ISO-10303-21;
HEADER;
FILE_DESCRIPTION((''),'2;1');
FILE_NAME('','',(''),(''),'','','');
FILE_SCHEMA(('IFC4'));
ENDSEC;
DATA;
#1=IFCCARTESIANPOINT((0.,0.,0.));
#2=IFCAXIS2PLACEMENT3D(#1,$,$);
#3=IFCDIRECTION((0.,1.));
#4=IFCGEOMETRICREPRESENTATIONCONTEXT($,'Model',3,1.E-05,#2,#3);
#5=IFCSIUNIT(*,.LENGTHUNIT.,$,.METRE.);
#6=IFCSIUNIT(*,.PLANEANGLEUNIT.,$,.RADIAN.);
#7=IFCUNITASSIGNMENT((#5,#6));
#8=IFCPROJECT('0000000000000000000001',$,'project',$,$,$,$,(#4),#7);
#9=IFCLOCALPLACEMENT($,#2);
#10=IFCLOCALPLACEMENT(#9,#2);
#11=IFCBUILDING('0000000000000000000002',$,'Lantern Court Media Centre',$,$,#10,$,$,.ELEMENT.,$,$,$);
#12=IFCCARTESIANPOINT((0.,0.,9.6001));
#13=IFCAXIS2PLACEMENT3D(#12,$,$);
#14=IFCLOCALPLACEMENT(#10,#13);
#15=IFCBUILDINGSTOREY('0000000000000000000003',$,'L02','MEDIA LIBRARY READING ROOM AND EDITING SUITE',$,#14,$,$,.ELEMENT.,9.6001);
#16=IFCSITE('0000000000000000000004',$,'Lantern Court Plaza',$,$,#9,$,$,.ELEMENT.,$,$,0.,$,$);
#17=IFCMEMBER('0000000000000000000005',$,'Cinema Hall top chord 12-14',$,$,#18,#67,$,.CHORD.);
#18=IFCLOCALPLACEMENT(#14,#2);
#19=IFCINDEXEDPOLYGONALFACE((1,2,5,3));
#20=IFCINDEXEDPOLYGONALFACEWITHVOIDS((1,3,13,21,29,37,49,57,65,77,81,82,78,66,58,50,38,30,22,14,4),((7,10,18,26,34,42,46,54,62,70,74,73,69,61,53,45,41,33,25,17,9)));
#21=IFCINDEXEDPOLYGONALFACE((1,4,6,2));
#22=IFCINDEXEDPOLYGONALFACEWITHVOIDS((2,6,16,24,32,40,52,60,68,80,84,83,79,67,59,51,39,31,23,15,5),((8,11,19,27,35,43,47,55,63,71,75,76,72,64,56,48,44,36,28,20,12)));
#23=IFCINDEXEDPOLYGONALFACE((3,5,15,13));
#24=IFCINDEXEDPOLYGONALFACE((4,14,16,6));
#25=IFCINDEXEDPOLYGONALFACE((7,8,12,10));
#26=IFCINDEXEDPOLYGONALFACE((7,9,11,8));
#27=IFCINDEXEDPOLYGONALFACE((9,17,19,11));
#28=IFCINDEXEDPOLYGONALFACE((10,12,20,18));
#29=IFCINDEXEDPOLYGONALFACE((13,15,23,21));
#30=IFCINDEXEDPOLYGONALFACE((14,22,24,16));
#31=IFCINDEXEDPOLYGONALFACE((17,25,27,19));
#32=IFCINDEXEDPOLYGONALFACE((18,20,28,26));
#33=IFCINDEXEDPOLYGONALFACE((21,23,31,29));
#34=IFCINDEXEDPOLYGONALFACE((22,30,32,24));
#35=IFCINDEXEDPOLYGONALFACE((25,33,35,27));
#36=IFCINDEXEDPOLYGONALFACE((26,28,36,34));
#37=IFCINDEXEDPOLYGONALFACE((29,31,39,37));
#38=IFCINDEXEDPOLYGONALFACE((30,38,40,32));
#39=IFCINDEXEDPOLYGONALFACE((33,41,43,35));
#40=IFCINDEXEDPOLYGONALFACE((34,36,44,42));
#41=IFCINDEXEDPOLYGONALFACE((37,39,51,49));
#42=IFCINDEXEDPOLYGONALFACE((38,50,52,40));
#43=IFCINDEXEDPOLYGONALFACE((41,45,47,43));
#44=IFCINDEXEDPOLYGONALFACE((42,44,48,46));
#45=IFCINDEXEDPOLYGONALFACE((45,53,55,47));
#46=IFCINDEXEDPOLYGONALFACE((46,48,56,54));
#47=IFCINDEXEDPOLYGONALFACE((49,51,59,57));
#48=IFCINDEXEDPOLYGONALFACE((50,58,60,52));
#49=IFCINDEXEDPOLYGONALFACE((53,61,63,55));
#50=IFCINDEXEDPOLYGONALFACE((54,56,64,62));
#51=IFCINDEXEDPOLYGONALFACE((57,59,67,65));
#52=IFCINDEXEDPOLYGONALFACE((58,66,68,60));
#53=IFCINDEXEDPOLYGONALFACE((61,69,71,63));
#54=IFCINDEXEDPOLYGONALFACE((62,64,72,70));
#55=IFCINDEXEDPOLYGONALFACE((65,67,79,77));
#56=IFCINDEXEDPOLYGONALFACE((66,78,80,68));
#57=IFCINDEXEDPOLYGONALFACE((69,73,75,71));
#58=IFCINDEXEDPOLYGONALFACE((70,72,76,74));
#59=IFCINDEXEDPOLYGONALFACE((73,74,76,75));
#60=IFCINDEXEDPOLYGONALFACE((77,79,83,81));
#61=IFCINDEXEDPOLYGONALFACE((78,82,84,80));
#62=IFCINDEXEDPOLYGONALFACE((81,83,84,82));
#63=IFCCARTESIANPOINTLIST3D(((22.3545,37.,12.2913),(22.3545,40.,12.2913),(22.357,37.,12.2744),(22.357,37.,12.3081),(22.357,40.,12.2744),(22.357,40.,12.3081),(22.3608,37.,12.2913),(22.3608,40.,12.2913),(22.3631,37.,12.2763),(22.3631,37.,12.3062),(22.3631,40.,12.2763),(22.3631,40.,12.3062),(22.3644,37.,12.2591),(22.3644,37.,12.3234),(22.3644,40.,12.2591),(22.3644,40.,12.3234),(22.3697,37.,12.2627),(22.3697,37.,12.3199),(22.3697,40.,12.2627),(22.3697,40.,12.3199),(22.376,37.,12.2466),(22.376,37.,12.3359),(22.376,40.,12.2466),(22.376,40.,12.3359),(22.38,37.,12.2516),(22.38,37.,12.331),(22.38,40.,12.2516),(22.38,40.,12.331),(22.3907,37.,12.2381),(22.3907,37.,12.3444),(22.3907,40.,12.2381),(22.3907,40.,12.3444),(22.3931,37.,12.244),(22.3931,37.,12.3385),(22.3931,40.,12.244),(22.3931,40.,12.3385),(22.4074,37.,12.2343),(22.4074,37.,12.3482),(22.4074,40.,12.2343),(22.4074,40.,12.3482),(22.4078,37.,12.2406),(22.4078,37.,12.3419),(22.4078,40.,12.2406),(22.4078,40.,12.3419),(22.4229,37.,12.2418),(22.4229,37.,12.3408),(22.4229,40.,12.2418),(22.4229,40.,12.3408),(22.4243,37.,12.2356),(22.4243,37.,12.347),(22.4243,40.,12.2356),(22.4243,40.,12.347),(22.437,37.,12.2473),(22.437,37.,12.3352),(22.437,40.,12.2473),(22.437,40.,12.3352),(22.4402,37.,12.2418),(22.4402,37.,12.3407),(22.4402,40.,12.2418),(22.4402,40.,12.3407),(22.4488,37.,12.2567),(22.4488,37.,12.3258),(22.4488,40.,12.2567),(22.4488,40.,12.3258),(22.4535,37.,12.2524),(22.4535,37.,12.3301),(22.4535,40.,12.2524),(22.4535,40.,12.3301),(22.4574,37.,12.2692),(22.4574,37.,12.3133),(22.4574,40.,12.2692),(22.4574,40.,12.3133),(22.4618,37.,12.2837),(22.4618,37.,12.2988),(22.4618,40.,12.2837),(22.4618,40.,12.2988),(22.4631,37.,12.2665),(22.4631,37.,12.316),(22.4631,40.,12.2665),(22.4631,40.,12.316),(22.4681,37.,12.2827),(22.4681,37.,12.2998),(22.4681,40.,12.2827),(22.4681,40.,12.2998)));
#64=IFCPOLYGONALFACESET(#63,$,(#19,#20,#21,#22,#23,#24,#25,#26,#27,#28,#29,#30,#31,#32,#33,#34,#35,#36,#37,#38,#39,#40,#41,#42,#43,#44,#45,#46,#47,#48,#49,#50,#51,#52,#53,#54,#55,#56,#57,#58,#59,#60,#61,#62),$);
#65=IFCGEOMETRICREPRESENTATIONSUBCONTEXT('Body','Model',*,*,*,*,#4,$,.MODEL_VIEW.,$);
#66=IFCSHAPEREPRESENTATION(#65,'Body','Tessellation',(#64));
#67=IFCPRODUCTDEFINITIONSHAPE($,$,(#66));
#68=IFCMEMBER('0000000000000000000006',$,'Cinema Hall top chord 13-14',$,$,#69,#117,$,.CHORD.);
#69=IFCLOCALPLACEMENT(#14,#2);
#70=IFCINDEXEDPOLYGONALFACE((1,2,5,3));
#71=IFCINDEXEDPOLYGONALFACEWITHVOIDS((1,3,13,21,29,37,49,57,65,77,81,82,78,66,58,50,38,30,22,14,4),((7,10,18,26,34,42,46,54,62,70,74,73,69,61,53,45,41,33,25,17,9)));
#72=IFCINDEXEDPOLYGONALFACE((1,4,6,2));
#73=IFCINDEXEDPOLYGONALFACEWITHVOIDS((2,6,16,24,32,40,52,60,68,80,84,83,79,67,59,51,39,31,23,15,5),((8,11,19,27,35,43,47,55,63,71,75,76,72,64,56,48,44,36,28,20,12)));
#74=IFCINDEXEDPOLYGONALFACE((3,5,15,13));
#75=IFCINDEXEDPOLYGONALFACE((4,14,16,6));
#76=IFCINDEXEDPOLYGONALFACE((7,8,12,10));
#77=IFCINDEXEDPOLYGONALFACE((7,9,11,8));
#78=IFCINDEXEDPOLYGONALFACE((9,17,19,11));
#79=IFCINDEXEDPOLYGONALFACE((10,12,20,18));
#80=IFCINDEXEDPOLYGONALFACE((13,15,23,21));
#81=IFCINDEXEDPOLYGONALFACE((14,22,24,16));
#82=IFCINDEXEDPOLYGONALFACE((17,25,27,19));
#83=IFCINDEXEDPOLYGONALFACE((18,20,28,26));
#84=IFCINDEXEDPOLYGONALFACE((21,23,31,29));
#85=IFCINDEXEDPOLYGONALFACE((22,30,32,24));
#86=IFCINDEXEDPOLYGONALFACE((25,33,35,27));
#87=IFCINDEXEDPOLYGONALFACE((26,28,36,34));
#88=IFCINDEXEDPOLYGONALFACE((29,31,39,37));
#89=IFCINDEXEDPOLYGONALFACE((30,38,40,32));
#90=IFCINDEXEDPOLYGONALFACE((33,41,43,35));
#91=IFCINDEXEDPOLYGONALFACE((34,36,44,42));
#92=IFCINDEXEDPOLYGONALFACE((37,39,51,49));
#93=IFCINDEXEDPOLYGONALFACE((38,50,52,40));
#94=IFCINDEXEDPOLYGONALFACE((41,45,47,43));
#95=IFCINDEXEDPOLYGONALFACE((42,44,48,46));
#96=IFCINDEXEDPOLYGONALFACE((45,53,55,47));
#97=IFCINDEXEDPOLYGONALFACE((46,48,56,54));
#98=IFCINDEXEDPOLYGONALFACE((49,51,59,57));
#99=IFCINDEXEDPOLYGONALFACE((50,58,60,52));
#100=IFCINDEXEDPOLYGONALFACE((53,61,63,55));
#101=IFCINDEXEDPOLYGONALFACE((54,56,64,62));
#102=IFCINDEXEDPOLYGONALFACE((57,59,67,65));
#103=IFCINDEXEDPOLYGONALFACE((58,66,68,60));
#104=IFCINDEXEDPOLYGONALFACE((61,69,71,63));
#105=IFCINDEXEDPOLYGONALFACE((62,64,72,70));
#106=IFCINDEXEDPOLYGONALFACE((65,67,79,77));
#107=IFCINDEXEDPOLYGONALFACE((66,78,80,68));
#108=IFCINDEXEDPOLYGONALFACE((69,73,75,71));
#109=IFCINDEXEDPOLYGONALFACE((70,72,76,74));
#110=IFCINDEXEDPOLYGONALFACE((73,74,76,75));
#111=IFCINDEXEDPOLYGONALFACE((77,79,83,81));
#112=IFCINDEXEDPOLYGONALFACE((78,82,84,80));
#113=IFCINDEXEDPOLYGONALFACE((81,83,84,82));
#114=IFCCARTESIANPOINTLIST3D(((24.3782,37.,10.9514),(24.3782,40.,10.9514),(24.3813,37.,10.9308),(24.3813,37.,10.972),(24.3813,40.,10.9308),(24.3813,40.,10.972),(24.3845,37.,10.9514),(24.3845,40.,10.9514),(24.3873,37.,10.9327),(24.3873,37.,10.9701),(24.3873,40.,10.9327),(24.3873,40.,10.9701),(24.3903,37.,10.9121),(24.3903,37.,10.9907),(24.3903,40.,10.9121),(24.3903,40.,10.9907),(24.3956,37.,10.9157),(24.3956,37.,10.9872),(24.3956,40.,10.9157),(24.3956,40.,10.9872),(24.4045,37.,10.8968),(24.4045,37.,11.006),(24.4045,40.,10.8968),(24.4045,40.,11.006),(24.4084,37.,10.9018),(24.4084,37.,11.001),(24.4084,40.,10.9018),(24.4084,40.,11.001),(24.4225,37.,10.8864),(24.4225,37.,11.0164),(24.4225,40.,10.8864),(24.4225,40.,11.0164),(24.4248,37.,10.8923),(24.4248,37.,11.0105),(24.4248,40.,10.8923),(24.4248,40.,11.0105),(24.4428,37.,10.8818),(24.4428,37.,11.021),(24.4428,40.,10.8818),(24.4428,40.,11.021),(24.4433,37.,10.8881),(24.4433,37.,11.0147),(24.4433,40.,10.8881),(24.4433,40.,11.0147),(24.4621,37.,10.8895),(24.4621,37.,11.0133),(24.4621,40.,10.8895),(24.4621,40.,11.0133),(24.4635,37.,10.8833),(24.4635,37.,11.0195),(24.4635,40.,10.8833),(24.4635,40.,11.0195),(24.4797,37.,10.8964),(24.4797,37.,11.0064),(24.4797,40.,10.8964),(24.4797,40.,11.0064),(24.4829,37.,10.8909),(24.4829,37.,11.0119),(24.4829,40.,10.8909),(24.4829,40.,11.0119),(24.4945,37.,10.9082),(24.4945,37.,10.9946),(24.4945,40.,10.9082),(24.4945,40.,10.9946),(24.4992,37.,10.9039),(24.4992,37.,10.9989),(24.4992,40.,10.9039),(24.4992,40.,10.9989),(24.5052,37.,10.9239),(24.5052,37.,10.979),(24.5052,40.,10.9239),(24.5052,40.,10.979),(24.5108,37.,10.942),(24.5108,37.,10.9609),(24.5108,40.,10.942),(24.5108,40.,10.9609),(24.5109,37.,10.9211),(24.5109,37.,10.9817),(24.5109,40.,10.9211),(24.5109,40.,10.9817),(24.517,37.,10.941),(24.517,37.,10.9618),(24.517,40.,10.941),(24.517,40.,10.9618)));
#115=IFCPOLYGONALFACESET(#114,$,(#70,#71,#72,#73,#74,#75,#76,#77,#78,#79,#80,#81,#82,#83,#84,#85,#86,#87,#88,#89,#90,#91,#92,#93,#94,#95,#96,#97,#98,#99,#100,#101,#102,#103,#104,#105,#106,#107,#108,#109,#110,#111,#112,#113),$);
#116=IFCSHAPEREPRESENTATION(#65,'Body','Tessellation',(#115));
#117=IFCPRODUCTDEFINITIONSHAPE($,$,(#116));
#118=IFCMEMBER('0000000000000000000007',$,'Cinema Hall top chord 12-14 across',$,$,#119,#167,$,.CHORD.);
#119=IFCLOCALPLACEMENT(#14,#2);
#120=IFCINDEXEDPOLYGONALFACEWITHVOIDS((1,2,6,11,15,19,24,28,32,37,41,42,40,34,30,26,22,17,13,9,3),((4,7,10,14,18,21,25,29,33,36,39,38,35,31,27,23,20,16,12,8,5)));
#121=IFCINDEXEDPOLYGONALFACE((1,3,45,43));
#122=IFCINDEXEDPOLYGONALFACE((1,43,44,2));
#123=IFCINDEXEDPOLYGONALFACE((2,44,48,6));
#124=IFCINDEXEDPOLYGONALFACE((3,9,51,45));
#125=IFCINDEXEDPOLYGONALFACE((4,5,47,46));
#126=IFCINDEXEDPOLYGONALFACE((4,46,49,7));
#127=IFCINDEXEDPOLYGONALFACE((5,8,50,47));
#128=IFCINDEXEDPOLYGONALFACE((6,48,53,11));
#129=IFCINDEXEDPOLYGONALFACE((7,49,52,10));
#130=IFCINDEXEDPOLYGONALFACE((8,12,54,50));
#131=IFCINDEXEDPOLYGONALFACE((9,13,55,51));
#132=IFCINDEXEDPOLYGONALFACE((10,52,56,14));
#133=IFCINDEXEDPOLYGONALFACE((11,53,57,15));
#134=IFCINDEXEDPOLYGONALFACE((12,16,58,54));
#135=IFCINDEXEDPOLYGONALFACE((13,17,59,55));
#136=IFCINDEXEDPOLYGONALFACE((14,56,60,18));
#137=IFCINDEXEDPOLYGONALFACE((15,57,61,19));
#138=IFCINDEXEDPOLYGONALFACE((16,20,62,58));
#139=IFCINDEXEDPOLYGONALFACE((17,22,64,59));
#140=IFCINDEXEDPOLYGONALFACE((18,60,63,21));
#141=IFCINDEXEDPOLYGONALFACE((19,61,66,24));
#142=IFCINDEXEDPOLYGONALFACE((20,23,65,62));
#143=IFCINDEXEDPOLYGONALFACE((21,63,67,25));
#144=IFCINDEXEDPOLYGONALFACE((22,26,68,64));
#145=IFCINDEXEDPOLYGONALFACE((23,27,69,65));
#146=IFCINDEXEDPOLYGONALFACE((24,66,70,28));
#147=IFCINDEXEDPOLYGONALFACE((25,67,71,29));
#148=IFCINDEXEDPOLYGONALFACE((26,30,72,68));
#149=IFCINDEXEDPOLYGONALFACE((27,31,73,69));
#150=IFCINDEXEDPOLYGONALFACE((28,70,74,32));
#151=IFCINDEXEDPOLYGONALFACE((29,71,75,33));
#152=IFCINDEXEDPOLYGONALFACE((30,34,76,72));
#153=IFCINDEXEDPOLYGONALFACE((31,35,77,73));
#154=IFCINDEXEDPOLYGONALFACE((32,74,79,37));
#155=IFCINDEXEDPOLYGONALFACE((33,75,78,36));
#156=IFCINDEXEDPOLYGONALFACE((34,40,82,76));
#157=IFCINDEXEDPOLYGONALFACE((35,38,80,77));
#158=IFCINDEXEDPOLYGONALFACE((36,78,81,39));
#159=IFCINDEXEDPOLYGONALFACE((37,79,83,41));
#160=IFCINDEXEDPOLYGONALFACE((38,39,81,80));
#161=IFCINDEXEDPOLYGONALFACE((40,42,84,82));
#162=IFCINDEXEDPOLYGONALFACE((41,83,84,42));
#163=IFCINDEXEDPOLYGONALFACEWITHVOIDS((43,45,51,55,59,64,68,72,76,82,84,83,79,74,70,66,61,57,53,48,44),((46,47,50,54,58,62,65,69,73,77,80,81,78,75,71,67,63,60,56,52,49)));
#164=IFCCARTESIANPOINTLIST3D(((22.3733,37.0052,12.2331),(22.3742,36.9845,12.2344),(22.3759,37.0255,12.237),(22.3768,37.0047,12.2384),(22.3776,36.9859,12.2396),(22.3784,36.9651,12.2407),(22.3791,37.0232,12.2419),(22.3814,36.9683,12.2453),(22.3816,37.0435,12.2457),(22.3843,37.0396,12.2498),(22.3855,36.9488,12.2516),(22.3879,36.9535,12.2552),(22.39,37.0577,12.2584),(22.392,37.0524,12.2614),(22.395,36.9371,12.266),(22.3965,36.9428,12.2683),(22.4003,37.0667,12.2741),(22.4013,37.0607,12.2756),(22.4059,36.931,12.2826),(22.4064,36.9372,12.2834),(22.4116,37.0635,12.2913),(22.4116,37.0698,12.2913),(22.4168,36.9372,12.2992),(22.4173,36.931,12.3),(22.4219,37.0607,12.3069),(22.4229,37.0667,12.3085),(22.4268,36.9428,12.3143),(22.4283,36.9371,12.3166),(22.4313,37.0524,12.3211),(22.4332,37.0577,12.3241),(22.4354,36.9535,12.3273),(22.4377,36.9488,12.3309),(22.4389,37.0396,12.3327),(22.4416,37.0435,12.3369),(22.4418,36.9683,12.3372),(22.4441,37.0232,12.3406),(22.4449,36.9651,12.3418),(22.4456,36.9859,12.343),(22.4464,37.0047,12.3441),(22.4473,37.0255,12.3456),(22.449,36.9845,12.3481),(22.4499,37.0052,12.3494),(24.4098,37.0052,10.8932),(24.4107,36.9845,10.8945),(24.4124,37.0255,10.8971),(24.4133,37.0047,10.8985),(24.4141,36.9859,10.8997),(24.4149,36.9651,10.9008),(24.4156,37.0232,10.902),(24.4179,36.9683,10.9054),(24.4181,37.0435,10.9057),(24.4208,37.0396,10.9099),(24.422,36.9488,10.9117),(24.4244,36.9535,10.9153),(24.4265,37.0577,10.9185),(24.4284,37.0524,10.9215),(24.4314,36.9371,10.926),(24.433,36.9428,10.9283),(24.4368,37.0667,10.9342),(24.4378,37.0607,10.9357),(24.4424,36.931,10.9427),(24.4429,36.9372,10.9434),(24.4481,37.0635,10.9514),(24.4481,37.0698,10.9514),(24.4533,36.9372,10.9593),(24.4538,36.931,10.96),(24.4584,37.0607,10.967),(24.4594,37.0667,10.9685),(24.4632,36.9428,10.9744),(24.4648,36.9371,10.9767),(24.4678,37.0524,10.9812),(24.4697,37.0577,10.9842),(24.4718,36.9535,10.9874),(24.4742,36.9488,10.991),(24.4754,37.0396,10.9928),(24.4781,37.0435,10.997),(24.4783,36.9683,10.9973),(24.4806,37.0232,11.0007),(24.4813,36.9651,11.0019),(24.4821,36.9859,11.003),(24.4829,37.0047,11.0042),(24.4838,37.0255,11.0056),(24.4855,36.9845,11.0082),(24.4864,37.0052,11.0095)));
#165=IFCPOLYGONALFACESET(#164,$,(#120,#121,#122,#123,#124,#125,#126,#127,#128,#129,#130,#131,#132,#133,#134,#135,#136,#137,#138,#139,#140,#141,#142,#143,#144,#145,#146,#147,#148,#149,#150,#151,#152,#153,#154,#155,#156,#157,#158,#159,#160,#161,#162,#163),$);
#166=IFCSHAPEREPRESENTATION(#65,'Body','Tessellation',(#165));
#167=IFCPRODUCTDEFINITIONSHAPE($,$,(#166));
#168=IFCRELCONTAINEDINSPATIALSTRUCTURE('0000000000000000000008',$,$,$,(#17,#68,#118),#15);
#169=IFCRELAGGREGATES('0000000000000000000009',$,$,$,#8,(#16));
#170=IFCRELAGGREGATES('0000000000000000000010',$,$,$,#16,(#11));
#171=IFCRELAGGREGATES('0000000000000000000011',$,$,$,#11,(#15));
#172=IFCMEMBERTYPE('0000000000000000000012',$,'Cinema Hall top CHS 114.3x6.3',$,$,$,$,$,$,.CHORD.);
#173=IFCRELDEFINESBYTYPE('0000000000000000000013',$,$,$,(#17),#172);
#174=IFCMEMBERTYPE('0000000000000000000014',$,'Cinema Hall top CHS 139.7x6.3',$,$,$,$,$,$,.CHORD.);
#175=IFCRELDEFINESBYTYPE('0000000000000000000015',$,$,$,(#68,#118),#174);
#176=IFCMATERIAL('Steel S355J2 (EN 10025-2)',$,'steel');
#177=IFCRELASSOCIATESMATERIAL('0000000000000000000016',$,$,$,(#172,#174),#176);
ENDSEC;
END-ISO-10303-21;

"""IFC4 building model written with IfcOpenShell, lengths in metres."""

from ifc_helpers import new_model, si_unit, direction, frame, origin, origin_2d, place, context, subcontext, project, spatial, hollow_circle, extrude, material, material_profile, profile_set, type_object, element, save


model = new_model("IFC4")

# Units and contexts
model_context = context("Model", 3, precision=1e-05, world=origin(), true_north=direction((0.0, 1.0)))
body_context = subcontext(model_context, "Body", "Model", "MODEL_VIEW")
ifc_project = project(units=[si_unit("LENGTHUNIT", "METRE"), si_unit("PLANEANGLEUNIT", "RADIAN")], contexts=[model_context])

# Site, building, storey
site_placement = place(None, origin())
site = spatial("IfcSite", under=ifc_project, at=site_placement, Name="Lantern Court Plaza", CompositionType="ELEMENT", RefElevation=0.0)
building_placement = place(site_placement, origin())
building = spatial("IfcBuilding", under=site, at=building_placement, Name="Lantern Court Media Centre", CompositionType="ELEMENT")
storey_placement = place(building_placement, frame((0.0, 0.0, 9.6001)))
storey = spatial("IfcBuildingStorey", under=building, at=storey_placement, Name="L02", Description="MEDIA LIBRARY READING ROOM AND EDITING SUITE", CompositionType="ELEMENT", Elevation=9.6001)

# Members
ifc_material = material(Name="Steel S355J2 (EN 10025-2)", Category="steel")
ifc_material_profile_1 = material_profile(ifc_material, hollow_circle(Radius=0.0571, WallThickness=0.0063, at=origin_2d()), Name="Cinema Hall top CHS 114.3x6.3")
ifc_profile_set_1 = profile_set([ifc_material_profile_1], Name="Steel S355J2 (EN 10025-2)")
member_type_1 = type_object("IfcMemberType", Name="Cinema Hall top CHS 114.3x6.3", PredefinedType="CHORD", material=ifc_profile_set_1)
member_1_placement = place(storey_placement, frame((22.4116, 37.0, 12.2913), z_axis=(0.0, 1.0, 0.0), x_axis=(-1.0, 0.0, 0.0)))
element("IfcMember", 1, at=member_1_placement, inside=storey, type_object=member_type_1, Name="Cinema Hall top chord 12-14", PredefinedType="CHORD", context=body_context, shape_type="SweptSolid", body=[
    extrude(hollow_circle(Radius=0.0571, WallThickness=0.0063, at=origin_2d()), origin(), (0.0, 0.0, 1.0), 3.0),
])
ifc_material_profile_2 = material_profile(ifc_material, hollow_circle(Radius=0.0698, WallThickness=0.0063, at=origin_2d()), Name="Cinema Hall top CHS 139.7x6.3")
ifc_profile_set_2 = profile_set([ifc_material_profile_2], Name="Steel S355J2 (EN 10025-2)")
member_type_2 = type_object("IfcMemberType", Name="Cinema Hall top CHS 139.7x6.3", PredefinedType="CHORD", material=ifc_profile_set_2)
member_2_placement = place(storey_placement, frame((24.448, 37.0, 10.9514), z_axis=(0.0, 1.0, 0.0), x_axis=(-1.0, 0.0, 0.0)))
element("IfcMember", 2, at=member_2_placement, inside=storey, type_object=member_type_2, Name="Cinema Hall top chord 13-14", PredefinedType="CHORD", context=body_context, shape_type="SweptSolid", body=[
    extrude(hollow_circle(Radius=0.0698, WallThickness=0.0063, at=origin_2d()), origin(), (0.0, 0.0, 1.0), 3.0),
])
member_3_placement = place(storey_placement, frame((22.4116, 37.0, 12.2913), z_axis=(0.835394, 0.0, -0.549651), x_axis=(0.0, 1.0, 0.0)))
element("IfcMember", 3, at=member_3_placement, inside=storey, type_object=member_type_2, Name="Cinema Hall top chord 12-14 across", PredefinedType="CHORD", context=body_context, shape_type="SweptSolid", body=[
    extrude(hollow_circle(Radius=0.0698, WallThickness=0.0063, at=origin_2d()), origin(), (0.0, 0.0, 1.0), 2.4377),
])

save(model, "model.ifc")
